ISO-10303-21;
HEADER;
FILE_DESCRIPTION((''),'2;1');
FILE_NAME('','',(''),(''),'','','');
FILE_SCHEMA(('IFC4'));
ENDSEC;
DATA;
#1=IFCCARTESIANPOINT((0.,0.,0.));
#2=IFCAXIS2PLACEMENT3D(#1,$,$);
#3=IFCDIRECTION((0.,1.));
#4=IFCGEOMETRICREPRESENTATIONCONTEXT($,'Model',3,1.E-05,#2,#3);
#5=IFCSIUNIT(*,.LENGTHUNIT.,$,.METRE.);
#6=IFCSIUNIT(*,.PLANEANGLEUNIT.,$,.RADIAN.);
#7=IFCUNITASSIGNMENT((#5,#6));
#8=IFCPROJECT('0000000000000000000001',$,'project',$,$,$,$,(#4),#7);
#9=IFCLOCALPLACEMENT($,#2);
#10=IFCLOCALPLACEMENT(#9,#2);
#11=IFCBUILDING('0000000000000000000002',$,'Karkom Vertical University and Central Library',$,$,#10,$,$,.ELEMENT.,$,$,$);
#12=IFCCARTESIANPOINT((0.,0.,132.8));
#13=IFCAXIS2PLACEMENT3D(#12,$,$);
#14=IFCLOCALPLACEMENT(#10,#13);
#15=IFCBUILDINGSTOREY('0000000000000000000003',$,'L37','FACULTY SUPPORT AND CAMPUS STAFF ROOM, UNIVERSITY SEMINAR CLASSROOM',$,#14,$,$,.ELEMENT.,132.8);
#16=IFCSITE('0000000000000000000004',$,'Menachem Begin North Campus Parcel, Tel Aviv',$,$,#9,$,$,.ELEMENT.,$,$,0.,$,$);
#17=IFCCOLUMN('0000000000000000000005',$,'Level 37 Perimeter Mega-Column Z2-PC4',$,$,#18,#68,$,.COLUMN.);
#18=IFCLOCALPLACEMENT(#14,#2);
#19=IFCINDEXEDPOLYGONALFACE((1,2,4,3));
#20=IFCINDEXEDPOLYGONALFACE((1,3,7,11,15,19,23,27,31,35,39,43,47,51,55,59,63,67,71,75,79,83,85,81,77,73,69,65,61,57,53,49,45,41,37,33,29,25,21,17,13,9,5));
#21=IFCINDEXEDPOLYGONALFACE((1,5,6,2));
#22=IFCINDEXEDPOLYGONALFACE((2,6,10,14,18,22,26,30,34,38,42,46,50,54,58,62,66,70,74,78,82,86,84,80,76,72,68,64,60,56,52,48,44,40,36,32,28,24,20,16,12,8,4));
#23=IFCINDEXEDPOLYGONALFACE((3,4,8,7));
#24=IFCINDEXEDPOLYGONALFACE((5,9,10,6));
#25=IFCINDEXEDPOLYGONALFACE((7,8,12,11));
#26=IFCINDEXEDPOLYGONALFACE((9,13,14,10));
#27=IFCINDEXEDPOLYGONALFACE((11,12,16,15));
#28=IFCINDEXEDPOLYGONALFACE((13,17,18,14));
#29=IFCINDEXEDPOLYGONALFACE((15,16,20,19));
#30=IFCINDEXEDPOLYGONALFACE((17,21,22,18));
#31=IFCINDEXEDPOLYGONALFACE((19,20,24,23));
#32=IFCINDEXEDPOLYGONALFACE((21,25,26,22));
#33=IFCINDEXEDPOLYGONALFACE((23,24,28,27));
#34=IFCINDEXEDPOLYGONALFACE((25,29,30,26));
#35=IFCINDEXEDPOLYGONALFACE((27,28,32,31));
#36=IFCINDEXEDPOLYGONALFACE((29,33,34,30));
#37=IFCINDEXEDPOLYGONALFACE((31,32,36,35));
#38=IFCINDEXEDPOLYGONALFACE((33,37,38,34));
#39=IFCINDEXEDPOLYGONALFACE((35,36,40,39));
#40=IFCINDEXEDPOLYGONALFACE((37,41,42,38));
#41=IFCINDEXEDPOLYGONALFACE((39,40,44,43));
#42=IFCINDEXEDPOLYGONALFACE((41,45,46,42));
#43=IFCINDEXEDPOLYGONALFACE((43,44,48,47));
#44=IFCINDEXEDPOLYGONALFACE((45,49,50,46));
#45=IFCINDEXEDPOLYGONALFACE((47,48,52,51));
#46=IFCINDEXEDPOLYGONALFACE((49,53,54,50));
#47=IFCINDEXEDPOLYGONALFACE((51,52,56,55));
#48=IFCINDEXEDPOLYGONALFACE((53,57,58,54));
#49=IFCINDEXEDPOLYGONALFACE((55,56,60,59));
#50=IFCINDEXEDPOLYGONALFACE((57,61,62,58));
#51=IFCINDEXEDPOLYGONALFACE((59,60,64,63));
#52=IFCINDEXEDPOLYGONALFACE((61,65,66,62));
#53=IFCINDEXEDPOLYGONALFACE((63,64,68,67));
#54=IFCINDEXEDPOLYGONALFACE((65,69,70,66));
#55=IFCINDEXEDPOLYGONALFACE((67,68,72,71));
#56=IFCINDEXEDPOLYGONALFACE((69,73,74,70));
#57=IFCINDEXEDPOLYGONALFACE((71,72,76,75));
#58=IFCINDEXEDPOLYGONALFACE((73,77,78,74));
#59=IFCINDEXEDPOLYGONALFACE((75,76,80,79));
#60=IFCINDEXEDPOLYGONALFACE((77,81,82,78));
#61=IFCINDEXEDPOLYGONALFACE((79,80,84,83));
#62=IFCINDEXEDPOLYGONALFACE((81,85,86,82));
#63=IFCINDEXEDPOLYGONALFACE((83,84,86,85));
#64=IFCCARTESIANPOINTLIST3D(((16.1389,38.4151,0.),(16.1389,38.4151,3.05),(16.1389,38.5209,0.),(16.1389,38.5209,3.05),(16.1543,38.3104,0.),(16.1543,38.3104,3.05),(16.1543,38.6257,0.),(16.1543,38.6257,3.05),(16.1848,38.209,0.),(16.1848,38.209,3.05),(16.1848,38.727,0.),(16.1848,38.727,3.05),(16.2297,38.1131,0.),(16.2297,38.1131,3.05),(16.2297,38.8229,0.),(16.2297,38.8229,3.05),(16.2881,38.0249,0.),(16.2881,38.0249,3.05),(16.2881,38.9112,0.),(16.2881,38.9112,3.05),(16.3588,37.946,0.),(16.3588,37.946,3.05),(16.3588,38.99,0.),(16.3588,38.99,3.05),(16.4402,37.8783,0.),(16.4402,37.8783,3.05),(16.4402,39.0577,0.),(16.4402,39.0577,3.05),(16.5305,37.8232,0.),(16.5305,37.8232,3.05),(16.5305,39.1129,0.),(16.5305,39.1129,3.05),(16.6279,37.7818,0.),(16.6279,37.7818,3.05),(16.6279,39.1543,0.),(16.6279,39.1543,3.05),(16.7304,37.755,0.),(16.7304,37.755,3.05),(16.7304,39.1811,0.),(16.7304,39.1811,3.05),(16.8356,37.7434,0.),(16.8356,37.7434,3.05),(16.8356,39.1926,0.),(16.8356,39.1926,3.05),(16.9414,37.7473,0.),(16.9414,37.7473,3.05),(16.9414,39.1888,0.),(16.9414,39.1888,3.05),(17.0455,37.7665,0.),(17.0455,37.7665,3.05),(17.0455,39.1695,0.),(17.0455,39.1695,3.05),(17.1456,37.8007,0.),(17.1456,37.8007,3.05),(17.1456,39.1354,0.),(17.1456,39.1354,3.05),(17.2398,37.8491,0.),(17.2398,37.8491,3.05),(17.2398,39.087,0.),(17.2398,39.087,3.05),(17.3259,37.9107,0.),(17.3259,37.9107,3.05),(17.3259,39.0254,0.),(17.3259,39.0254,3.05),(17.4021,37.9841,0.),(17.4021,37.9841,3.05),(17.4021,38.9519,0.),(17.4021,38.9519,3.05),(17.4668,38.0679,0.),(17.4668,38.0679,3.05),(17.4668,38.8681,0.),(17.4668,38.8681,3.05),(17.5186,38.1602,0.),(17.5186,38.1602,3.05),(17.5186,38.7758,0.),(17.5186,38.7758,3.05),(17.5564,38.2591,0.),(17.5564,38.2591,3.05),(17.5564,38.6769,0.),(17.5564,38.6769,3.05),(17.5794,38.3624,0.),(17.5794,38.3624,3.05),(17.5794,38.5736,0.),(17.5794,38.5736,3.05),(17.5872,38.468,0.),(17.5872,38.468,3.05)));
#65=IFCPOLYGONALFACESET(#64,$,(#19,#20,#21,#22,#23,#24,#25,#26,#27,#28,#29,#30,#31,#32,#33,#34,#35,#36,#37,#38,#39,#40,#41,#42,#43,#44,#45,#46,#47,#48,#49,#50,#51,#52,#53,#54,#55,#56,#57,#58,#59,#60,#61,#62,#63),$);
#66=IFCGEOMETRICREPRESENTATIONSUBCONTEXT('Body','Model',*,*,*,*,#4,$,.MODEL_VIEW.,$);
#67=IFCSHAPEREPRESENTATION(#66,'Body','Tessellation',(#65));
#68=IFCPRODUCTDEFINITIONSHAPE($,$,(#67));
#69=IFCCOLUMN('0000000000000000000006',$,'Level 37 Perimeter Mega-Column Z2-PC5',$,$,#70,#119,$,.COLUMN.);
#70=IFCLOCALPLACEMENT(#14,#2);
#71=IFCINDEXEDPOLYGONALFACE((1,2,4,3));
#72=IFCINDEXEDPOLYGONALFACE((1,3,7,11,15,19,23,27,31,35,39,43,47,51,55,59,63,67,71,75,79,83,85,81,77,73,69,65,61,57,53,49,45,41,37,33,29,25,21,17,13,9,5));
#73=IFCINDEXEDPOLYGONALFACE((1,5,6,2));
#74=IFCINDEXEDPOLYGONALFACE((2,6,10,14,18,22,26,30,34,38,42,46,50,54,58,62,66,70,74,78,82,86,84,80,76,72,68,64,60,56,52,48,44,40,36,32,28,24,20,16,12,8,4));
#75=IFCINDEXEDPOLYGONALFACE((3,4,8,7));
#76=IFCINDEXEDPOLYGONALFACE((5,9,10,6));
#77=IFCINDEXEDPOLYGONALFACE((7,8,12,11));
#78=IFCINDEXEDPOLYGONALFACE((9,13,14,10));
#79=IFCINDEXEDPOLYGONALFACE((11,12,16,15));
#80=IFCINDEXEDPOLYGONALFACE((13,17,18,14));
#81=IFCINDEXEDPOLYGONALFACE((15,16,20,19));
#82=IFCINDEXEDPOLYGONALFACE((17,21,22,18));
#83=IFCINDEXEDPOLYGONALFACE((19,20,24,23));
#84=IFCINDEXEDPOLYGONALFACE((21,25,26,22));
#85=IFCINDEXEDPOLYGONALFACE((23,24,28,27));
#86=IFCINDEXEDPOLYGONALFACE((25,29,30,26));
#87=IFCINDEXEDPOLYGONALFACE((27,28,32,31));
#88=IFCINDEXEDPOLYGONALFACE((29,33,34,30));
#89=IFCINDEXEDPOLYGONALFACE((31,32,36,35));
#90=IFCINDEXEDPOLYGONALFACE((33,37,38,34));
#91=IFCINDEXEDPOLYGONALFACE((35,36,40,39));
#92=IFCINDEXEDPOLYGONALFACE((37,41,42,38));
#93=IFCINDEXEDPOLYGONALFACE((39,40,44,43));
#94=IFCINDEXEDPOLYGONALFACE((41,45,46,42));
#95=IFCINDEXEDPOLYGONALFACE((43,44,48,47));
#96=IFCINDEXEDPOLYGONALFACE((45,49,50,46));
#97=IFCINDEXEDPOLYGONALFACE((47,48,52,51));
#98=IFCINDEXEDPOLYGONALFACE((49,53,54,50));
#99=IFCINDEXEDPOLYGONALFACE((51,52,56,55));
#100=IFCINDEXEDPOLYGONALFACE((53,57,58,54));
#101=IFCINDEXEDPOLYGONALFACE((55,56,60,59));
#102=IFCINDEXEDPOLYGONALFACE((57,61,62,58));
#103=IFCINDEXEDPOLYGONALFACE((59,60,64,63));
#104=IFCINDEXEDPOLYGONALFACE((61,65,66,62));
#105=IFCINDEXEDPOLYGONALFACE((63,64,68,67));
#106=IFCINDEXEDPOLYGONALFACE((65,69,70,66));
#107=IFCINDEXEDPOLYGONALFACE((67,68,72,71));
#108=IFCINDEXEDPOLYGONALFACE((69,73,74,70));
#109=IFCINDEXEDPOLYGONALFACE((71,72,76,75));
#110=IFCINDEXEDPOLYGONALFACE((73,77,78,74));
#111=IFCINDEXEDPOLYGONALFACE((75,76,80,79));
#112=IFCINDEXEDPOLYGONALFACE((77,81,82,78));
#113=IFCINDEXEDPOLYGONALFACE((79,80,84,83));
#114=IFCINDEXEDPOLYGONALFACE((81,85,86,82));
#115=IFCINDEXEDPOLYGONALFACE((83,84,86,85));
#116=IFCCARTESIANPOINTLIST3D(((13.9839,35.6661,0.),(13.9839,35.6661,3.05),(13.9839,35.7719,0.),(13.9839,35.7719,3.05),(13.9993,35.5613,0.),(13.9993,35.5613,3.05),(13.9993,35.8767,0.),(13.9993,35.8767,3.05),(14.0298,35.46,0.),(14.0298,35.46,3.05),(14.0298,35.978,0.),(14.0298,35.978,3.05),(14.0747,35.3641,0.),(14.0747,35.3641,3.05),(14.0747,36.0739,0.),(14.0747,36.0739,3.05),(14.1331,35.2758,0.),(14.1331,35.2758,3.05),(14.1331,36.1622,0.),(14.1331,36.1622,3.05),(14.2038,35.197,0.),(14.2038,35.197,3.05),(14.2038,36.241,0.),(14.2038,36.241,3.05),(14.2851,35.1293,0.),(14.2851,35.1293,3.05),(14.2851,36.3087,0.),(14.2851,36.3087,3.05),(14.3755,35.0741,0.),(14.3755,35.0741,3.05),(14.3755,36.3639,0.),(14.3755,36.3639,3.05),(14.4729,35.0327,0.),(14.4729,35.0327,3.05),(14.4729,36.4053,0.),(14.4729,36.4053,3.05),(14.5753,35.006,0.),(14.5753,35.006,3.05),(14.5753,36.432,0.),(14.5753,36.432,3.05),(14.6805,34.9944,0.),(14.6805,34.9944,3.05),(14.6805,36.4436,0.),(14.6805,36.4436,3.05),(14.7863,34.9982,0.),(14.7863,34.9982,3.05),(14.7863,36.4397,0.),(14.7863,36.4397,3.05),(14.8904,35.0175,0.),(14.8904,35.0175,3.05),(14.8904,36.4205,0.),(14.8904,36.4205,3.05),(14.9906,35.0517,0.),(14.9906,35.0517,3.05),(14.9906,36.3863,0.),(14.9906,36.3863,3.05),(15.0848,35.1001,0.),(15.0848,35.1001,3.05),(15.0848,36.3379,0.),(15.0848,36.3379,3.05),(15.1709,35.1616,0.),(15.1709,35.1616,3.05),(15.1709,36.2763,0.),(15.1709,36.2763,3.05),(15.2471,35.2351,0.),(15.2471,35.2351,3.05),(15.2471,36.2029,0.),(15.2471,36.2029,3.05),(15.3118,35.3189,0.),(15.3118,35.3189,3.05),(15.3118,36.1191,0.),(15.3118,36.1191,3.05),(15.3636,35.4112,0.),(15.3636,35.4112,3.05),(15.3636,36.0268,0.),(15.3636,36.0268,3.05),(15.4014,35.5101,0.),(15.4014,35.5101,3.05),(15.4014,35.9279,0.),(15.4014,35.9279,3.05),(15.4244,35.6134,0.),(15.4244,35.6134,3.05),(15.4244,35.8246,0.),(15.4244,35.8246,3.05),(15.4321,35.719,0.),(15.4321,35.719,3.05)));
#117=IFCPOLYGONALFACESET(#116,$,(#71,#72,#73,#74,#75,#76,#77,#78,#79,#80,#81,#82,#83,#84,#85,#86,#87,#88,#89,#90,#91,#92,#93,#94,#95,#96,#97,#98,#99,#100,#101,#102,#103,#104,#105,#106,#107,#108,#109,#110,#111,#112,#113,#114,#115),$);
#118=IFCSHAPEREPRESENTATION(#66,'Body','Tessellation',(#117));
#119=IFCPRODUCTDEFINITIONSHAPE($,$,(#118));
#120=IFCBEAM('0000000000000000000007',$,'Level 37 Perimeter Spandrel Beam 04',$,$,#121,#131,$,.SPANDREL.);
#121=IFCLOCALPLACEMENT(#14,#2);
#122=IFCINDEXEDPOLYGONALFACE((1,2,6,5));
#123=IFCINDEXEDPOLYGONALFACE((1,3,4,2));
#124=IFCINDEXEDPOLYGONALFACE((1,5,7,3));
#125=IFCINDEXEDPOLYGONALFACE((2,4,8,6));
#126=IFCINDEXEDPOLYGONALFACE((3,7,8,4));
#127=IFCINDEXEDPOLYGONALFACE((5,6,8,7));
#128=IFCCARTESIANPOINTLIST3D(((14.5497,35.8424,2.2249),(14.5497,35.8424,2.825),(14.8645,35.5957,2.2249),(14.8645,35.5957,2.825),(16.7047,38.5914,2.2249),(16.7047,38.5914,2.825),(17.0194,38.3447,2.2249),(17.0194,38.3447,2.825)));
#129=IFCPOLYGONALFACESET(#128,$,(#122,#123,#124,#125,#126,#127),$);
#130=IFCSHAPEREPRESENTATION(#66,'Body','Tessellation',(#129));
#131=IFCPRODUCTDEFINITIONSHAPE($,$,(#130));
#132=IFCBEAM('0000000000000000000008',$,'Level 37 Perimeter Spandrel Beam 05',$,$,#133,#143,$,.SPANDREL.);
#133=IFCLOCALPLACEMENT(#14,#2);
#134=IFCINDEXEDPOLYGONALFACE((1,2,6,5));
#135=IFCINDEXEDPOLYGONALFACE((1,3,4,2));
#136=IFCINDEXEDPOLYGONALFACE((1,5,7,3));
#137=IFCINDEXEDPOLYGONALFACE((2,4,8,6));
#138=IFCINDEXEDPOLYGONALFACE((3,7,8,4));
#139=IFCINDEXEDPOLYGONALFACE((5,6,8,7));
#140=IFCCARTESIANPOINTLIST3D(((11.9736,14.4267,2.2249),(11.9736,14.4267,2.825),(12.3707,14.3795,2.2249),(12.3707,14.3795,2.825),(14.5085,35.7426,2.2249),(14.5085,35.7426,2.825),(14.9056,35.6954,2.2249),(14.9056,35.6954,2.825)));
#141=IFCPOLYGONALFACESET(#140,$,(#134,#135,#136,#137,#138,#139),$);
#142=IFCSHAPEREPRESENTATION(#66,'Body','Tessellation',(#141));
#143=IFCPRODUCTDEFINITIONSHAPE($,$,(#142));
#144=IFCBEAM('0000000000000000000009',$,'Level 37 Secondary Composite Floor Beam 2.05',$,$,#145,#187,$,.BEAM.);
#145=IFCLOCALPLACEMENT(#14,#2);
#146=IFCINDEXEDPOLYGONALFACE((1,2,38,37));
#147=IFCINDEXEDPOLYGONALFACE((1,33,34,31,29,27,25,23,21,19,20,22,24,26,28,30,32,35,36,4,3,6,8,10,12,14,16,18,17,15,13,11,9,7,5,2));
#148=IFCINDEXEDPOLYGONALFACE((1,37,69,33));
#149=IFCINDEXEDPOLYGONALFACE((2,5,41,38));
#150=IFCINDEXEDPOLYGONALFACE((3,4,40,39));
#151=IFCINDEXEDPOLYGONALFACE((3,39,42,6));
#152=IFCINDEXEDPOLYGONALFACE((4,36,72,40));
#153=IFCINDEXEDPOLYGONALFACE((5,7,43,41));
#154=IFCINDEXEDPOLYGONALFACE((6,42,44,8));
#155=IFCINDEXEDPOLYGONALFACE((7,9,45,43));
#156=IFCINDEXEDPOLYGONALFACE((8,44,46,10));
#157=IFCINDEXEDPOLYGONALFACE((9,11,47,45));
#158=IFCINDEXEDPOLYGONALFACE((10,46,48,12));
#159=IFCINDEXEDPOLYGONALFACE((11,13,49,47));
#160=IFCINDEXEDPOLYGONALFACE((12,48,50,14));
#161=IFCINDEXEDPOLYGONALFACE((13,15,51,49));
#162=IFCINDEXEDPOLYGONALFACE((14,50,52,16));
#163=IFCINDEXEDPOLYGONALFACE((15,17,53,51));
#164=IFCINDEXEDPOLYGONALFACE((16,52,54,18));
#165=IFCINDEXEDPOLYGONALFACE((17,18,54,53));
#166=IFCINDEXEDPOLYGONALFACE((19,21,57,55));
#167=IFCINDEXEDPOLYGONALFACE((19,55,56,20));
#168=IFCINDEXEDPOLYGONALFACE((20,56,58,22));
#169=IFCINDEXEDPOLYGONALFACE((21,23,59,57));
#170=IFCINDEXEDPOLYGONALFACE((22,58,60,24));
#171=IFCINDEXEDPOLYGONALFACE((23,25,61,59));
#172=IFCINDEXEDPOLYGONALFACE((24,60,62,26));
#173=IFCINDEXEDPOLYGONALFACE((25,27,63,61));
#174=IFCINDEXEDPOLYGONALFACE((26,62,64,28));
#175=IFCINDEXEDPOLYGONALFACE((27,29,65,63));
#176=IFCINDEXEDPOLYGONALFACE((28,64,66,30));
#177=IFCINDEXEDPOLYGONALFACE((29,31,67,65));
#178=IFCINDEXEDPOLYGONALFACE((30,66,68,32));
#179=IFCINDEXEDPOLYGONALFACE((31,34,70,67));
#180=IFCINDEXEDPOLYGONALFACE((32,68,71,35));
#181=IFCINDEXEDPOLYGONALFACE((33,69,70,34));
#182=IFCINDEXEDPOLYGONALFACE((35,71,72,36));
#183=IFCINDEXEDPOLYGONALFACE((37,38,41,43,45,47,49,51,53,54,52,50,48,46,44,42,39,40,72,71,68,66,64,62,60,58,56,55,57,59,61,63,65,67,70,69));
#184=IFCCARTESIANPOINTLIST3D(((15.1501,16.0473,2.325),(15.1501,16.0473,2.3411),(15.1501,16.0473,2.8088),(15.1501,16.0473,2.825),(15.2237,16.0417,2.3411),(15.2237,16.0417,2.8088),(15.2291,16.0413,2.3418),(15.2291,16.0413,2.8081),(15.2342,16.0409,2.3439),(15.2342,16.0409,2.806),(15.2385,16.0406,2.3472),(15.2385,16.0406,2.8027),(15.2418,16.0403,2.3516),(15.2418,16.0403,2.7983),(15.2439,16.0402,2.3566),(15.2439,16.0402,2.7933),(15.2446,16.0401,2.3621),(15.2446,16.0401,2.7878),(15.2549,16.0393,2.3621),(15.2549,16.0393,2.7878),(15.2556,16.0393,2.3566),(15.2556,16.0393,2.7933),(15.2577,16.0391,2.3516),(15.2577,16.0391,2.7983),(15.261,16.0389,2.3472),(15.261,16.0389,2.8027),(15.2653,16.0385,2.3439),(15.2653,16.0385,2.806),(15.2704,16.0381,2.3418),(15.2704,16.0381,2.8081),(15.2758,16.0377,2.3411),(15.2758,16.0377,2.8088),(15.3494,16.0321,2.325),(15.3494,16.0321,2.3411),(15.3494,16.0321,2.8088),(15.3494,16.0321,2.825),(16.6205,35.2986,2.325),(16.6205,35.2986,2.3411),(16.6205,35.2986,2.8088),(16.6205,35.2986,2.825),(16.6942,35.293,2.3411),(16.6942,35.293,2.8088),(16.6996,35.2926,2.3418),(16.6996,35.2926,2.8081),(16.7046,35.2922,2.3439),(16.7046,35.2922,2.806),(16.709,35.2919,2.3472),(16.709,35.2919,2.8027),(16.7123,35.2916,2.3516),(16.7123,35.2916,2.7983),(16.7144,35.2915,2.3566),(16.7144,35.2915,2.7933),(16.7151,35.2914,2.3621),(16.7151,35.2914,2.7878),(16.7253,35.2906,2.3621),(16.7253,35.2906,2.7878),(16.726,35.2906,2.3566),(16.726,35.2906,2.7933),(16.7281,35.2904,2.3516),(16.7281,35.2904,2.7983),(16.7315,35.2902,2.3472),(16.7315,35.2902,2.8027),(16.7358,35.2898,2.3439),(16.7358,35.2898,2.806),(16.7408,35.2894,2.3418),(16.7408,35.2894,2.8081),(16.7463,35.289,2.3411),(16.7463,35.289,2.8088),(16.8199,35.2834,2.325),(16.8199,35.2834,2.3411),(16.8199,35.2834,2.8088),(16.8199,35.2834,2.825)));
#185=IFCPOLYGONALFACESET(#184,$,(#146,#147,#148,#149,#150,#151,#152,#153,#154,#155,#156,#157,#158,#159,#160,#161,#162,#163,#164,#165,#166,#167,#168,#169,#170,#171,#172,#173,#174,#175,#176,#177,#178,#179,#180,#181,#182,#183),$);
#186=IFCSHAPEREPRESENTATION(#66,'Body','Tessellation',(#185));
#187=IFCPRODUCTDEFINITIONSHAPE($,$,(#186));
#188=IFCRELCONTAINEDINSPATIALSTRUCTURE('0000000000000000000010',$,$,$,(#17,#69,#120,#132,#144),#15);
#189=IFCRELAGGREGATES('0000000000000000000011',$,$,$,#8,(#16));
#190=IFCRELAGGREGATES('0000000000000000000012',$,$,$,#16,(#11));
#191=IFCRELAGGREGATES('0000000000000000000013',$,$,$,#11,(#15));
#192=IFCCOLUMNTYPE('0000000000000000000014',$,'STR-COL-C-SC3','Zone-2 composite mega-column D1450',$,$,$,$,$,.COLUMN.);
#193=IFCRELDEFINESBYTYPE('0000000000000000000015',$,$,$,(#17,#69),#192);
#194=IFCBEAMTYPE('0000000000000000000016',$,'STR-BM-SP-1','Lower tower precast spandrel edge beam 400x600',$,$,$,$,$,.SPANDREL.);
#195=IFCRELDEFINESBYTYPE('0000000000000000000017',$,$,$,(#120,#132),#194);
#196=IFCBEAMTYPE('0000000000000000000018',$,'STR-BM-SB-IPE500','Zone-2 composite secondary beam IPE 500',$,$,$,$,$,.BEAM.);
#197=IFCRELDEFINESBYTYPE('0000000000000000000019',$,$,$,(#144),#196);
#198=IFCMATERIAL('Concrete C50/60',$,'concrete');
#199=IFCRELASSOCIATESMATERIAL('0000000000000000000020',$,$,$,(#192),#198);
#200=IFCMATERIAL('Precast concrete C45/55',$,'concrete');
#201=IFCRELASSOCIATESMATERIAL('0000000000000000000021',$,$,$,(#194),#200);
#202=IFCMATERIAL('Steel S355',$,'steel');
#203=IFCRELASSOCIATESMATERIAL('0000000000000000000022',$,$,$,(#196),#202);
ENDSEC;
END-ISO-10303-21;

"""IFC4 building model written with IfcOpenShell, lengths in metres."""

from ifc_helpers import new_model, si_unit, direction, frame, origin, origin_with_axes, origin_2d, place, context, subcontext, project, spatial, rectangle, circle, i_section, extrude, source, transform, mapped, material, material_profile, profile_set, type_object, element, save


model = new_model("IFC4")

# Units and contexts
model_context = context("Model", 3, precision=1e-05, world=origin(), true_north=direction((0.0, 1.0)))
body_context = subcontext(model_context, "Body", "Model", "MODEL_VIEW")
ifc_project = project(units=[si_unit("LENGTHUNIT", "METRE"), si_unit("PLANEANGLEUNIT", "RADIAN")], contexts=[model_context])

# Site, building, storey
site_placement = place(None, origin())
site = spatial("IfcSite", under=ifc_project, at=site_placement, Name="Menachem Begin North Campus Parcel, Tel Aviv", CompositionType="ELEMENT", RefElevation=0.0)
building_placement = place(site_placement, origin())
building = spatial("IfcBuilding", under=site, at=building_placement, Name="Karkom Vertical University and Central Library", CompositionType="ELEMENT")
storey_placement = place(building_placement, frame((0.0, 0.0, 132.8)))
storey = spatial("IfcBuildingStorey", under=building, at=storey_placement, Name="L37", Description="FACULTY SUPPORT AND CAMPUS STAFF ROOM, UNIVERSITY SEMINAR CLASSROOM", CompositionType="ELEMENT", Elevation=132.8)

# Columns
ifc_material_1 = material(Name="Concrete C50/60", Category="concrete")
ifc_material_profile_1 = material_profile(ifc_material_1, circle(Radius=0.7251, at=origin_2d()), Name="CFT-D1450")
ifc_profile_set_1 = profile_set([ifc_material_profile_1], Name="Concrete C50/60")
column_type = type_object("IfcColumnType", Name="STR-COL-C-SC3", Description="Zone-2 composite mega-column D1450", PredefinedType="COLUMN", material=ifc_profile_set_1)
shared_shape_1 = source(origin_with_axes(), body_context, "Body", "SweptSolid", [
    extrude(circle(Radius=0.7251, at=origin_2d()), origin(), (0.0, 0.0, 1.0), 3.05),
])
for number, where, z_axis, x_axis, name in (
    (1, (16.8621, 38.468, 0.0), (0.0, 0.0, 1.0), (1.0, 0.0, 0.0), "Level 37 Perimeter Mega-Column Z2-PC4"),
    (2, (14.707, 35.719, 0.0), (0.0, 0.0, 1.0), (1.0, 0.0, 0.0), "Level 37 Perimeter Mega-Column Z2-PC5"),
):
    element("IfcColumn", number, at=place(storey_placement, frame(where, z_axis=z_axis, x_axis=x_axis)), inside=storey, type_object=column_type, Name=name, PredefinedType="COLUMN", context=body_context, shape_type="MappedRepresentation", body=[
        mapped(shared_shape_1, transform((0.0, 0.0, 0.0), scale=1.0)),
    ])

# Beams
ifc_material_2 = material(Name="Precast concrete C45/55", Category="concrete")
ifc_material_profile_2 = material_profile(ifc_material_2, rectangle(XDim=0.3999, YDim=0.6001, at=origin_2d()), Name="SPB-400x600")
ifc_profile_set_2 = profile_set([ifc_material_profile_2], Name="Precast concrete C45/55")
beam_type_1 = type_object("IfcBeamType", Name="STR-BM-SP-1", Description="Lower tower precast spandrel edge beam 400x600", PredefinedType="SPANDREL", material=ifc_profile_set_2)
shared_shape_2 = source(origin_with_axes(), body_context, "Body", "SweptSolid", [
    extrude(rectangle(XDim=0.3999, YDim=0.6001, at=origin_2d()), origin(), (0.0, 0.0, 1.0), 3.4929),
])
beam_1_placement = place(storey_placement, frame((16.8621, 38.468, 2.5249), z_axis=(-0.616951, -0.787002, 0.0), x_axis=(0.787002, -0.616951, 0.0)))
element("IfcBeam", 3, at=beam_1_placement, inside=storey, type_object=beam_type_1, Name="Level 37 Perimeter Spandrel Beam 04", PredefinedType="SPANDREL", context=body_context, shape_type="MappedRepresentation", body=[
    mapped(shared_shape_2, transform((0.0, 0.0, 0.0), scale=1.0)),
])
shared_shape_3 = source(origin_with_axes(), body_context, "Body", "SweptSolid", [
    extrude(rectangle(XDim=0.3999, YDim=0.6001, at=origin_2d()), origin(), (0.0, 0.0, 1.0), 21.4661),
])
beam_2_placement = place(storey_placement, frame((14.707, 35.719, 2.5249), z_axis=(-0.118089, -0.993003, 0.0), x_axis=(0.993003, -0.118089, 0.0)))
element("IfcBeam", 4, at=beam_2_placement, inside=storey, type_object=beam_type_1, Name="Level 37 Perimeter Spandrel Beam 05", PredefinedType="SPANDREL", context=body_context, shape_type="MappedRepresentation", body=[
    mapped(shared_shape_3, transform((0.0, 0.0, 0.0), scale=1.0)),
])
ifc_material_3 = material(Name="Steel S355", Category="steel")
ifc_material_profile_3 = material_profile(ifc_material_3, i_section(OverallWidth=0.2, OverallDepth=0.5, WebThickness=0.0103, FlangeThickness=0.0161, FilletRadius=0.021, at=origin_2d()), Name="IPE 500")
ifc_profile_set_3 = profile_set([ifc_material_profile_3], Name="Steel S355")
beam_type_2 = type_object("IfcBeamType", Name="STR-BM-SB-IPE500", Description="Zone-2 composite secondary beam IPE 500", PredefinedType="BEAM", material=ifc_profile_set_3)
shared_shape_4 = source(origin_with_axes(), body_context, "Body", "SweptSolid", [
    extrude(i_section(OverallWidth=0.2, OverallDepth=0.5, WebThickness=0.0103, FlangeThickness=0.0161, FilletRadius=0.021, at=origin_2d()), origin(), (0.0, 0.0, 1.0), 19.3074),
])
beam_3_placement = place(storey_placement, frame((16.7202, 35.291, 2.575), z_axis=(-0.076161, -0.997096, 0.0), x_axis=(0.997096, -0.076161, 0.0)))
element("IfcBeam", 5, at=beam_3_placement, inside=storey, type_object=beam_type_2, Name="Level 37 Secondary Composite Floor Beam 2.05", PredefinedType="BEAM", context=body_context, shape_type="MappedRepresentation", body=[
    mapped(shared_shape_4, transform((0.0, 0.0, 0.0), scale=1.0)),
])

save(model, "model.ifc")
